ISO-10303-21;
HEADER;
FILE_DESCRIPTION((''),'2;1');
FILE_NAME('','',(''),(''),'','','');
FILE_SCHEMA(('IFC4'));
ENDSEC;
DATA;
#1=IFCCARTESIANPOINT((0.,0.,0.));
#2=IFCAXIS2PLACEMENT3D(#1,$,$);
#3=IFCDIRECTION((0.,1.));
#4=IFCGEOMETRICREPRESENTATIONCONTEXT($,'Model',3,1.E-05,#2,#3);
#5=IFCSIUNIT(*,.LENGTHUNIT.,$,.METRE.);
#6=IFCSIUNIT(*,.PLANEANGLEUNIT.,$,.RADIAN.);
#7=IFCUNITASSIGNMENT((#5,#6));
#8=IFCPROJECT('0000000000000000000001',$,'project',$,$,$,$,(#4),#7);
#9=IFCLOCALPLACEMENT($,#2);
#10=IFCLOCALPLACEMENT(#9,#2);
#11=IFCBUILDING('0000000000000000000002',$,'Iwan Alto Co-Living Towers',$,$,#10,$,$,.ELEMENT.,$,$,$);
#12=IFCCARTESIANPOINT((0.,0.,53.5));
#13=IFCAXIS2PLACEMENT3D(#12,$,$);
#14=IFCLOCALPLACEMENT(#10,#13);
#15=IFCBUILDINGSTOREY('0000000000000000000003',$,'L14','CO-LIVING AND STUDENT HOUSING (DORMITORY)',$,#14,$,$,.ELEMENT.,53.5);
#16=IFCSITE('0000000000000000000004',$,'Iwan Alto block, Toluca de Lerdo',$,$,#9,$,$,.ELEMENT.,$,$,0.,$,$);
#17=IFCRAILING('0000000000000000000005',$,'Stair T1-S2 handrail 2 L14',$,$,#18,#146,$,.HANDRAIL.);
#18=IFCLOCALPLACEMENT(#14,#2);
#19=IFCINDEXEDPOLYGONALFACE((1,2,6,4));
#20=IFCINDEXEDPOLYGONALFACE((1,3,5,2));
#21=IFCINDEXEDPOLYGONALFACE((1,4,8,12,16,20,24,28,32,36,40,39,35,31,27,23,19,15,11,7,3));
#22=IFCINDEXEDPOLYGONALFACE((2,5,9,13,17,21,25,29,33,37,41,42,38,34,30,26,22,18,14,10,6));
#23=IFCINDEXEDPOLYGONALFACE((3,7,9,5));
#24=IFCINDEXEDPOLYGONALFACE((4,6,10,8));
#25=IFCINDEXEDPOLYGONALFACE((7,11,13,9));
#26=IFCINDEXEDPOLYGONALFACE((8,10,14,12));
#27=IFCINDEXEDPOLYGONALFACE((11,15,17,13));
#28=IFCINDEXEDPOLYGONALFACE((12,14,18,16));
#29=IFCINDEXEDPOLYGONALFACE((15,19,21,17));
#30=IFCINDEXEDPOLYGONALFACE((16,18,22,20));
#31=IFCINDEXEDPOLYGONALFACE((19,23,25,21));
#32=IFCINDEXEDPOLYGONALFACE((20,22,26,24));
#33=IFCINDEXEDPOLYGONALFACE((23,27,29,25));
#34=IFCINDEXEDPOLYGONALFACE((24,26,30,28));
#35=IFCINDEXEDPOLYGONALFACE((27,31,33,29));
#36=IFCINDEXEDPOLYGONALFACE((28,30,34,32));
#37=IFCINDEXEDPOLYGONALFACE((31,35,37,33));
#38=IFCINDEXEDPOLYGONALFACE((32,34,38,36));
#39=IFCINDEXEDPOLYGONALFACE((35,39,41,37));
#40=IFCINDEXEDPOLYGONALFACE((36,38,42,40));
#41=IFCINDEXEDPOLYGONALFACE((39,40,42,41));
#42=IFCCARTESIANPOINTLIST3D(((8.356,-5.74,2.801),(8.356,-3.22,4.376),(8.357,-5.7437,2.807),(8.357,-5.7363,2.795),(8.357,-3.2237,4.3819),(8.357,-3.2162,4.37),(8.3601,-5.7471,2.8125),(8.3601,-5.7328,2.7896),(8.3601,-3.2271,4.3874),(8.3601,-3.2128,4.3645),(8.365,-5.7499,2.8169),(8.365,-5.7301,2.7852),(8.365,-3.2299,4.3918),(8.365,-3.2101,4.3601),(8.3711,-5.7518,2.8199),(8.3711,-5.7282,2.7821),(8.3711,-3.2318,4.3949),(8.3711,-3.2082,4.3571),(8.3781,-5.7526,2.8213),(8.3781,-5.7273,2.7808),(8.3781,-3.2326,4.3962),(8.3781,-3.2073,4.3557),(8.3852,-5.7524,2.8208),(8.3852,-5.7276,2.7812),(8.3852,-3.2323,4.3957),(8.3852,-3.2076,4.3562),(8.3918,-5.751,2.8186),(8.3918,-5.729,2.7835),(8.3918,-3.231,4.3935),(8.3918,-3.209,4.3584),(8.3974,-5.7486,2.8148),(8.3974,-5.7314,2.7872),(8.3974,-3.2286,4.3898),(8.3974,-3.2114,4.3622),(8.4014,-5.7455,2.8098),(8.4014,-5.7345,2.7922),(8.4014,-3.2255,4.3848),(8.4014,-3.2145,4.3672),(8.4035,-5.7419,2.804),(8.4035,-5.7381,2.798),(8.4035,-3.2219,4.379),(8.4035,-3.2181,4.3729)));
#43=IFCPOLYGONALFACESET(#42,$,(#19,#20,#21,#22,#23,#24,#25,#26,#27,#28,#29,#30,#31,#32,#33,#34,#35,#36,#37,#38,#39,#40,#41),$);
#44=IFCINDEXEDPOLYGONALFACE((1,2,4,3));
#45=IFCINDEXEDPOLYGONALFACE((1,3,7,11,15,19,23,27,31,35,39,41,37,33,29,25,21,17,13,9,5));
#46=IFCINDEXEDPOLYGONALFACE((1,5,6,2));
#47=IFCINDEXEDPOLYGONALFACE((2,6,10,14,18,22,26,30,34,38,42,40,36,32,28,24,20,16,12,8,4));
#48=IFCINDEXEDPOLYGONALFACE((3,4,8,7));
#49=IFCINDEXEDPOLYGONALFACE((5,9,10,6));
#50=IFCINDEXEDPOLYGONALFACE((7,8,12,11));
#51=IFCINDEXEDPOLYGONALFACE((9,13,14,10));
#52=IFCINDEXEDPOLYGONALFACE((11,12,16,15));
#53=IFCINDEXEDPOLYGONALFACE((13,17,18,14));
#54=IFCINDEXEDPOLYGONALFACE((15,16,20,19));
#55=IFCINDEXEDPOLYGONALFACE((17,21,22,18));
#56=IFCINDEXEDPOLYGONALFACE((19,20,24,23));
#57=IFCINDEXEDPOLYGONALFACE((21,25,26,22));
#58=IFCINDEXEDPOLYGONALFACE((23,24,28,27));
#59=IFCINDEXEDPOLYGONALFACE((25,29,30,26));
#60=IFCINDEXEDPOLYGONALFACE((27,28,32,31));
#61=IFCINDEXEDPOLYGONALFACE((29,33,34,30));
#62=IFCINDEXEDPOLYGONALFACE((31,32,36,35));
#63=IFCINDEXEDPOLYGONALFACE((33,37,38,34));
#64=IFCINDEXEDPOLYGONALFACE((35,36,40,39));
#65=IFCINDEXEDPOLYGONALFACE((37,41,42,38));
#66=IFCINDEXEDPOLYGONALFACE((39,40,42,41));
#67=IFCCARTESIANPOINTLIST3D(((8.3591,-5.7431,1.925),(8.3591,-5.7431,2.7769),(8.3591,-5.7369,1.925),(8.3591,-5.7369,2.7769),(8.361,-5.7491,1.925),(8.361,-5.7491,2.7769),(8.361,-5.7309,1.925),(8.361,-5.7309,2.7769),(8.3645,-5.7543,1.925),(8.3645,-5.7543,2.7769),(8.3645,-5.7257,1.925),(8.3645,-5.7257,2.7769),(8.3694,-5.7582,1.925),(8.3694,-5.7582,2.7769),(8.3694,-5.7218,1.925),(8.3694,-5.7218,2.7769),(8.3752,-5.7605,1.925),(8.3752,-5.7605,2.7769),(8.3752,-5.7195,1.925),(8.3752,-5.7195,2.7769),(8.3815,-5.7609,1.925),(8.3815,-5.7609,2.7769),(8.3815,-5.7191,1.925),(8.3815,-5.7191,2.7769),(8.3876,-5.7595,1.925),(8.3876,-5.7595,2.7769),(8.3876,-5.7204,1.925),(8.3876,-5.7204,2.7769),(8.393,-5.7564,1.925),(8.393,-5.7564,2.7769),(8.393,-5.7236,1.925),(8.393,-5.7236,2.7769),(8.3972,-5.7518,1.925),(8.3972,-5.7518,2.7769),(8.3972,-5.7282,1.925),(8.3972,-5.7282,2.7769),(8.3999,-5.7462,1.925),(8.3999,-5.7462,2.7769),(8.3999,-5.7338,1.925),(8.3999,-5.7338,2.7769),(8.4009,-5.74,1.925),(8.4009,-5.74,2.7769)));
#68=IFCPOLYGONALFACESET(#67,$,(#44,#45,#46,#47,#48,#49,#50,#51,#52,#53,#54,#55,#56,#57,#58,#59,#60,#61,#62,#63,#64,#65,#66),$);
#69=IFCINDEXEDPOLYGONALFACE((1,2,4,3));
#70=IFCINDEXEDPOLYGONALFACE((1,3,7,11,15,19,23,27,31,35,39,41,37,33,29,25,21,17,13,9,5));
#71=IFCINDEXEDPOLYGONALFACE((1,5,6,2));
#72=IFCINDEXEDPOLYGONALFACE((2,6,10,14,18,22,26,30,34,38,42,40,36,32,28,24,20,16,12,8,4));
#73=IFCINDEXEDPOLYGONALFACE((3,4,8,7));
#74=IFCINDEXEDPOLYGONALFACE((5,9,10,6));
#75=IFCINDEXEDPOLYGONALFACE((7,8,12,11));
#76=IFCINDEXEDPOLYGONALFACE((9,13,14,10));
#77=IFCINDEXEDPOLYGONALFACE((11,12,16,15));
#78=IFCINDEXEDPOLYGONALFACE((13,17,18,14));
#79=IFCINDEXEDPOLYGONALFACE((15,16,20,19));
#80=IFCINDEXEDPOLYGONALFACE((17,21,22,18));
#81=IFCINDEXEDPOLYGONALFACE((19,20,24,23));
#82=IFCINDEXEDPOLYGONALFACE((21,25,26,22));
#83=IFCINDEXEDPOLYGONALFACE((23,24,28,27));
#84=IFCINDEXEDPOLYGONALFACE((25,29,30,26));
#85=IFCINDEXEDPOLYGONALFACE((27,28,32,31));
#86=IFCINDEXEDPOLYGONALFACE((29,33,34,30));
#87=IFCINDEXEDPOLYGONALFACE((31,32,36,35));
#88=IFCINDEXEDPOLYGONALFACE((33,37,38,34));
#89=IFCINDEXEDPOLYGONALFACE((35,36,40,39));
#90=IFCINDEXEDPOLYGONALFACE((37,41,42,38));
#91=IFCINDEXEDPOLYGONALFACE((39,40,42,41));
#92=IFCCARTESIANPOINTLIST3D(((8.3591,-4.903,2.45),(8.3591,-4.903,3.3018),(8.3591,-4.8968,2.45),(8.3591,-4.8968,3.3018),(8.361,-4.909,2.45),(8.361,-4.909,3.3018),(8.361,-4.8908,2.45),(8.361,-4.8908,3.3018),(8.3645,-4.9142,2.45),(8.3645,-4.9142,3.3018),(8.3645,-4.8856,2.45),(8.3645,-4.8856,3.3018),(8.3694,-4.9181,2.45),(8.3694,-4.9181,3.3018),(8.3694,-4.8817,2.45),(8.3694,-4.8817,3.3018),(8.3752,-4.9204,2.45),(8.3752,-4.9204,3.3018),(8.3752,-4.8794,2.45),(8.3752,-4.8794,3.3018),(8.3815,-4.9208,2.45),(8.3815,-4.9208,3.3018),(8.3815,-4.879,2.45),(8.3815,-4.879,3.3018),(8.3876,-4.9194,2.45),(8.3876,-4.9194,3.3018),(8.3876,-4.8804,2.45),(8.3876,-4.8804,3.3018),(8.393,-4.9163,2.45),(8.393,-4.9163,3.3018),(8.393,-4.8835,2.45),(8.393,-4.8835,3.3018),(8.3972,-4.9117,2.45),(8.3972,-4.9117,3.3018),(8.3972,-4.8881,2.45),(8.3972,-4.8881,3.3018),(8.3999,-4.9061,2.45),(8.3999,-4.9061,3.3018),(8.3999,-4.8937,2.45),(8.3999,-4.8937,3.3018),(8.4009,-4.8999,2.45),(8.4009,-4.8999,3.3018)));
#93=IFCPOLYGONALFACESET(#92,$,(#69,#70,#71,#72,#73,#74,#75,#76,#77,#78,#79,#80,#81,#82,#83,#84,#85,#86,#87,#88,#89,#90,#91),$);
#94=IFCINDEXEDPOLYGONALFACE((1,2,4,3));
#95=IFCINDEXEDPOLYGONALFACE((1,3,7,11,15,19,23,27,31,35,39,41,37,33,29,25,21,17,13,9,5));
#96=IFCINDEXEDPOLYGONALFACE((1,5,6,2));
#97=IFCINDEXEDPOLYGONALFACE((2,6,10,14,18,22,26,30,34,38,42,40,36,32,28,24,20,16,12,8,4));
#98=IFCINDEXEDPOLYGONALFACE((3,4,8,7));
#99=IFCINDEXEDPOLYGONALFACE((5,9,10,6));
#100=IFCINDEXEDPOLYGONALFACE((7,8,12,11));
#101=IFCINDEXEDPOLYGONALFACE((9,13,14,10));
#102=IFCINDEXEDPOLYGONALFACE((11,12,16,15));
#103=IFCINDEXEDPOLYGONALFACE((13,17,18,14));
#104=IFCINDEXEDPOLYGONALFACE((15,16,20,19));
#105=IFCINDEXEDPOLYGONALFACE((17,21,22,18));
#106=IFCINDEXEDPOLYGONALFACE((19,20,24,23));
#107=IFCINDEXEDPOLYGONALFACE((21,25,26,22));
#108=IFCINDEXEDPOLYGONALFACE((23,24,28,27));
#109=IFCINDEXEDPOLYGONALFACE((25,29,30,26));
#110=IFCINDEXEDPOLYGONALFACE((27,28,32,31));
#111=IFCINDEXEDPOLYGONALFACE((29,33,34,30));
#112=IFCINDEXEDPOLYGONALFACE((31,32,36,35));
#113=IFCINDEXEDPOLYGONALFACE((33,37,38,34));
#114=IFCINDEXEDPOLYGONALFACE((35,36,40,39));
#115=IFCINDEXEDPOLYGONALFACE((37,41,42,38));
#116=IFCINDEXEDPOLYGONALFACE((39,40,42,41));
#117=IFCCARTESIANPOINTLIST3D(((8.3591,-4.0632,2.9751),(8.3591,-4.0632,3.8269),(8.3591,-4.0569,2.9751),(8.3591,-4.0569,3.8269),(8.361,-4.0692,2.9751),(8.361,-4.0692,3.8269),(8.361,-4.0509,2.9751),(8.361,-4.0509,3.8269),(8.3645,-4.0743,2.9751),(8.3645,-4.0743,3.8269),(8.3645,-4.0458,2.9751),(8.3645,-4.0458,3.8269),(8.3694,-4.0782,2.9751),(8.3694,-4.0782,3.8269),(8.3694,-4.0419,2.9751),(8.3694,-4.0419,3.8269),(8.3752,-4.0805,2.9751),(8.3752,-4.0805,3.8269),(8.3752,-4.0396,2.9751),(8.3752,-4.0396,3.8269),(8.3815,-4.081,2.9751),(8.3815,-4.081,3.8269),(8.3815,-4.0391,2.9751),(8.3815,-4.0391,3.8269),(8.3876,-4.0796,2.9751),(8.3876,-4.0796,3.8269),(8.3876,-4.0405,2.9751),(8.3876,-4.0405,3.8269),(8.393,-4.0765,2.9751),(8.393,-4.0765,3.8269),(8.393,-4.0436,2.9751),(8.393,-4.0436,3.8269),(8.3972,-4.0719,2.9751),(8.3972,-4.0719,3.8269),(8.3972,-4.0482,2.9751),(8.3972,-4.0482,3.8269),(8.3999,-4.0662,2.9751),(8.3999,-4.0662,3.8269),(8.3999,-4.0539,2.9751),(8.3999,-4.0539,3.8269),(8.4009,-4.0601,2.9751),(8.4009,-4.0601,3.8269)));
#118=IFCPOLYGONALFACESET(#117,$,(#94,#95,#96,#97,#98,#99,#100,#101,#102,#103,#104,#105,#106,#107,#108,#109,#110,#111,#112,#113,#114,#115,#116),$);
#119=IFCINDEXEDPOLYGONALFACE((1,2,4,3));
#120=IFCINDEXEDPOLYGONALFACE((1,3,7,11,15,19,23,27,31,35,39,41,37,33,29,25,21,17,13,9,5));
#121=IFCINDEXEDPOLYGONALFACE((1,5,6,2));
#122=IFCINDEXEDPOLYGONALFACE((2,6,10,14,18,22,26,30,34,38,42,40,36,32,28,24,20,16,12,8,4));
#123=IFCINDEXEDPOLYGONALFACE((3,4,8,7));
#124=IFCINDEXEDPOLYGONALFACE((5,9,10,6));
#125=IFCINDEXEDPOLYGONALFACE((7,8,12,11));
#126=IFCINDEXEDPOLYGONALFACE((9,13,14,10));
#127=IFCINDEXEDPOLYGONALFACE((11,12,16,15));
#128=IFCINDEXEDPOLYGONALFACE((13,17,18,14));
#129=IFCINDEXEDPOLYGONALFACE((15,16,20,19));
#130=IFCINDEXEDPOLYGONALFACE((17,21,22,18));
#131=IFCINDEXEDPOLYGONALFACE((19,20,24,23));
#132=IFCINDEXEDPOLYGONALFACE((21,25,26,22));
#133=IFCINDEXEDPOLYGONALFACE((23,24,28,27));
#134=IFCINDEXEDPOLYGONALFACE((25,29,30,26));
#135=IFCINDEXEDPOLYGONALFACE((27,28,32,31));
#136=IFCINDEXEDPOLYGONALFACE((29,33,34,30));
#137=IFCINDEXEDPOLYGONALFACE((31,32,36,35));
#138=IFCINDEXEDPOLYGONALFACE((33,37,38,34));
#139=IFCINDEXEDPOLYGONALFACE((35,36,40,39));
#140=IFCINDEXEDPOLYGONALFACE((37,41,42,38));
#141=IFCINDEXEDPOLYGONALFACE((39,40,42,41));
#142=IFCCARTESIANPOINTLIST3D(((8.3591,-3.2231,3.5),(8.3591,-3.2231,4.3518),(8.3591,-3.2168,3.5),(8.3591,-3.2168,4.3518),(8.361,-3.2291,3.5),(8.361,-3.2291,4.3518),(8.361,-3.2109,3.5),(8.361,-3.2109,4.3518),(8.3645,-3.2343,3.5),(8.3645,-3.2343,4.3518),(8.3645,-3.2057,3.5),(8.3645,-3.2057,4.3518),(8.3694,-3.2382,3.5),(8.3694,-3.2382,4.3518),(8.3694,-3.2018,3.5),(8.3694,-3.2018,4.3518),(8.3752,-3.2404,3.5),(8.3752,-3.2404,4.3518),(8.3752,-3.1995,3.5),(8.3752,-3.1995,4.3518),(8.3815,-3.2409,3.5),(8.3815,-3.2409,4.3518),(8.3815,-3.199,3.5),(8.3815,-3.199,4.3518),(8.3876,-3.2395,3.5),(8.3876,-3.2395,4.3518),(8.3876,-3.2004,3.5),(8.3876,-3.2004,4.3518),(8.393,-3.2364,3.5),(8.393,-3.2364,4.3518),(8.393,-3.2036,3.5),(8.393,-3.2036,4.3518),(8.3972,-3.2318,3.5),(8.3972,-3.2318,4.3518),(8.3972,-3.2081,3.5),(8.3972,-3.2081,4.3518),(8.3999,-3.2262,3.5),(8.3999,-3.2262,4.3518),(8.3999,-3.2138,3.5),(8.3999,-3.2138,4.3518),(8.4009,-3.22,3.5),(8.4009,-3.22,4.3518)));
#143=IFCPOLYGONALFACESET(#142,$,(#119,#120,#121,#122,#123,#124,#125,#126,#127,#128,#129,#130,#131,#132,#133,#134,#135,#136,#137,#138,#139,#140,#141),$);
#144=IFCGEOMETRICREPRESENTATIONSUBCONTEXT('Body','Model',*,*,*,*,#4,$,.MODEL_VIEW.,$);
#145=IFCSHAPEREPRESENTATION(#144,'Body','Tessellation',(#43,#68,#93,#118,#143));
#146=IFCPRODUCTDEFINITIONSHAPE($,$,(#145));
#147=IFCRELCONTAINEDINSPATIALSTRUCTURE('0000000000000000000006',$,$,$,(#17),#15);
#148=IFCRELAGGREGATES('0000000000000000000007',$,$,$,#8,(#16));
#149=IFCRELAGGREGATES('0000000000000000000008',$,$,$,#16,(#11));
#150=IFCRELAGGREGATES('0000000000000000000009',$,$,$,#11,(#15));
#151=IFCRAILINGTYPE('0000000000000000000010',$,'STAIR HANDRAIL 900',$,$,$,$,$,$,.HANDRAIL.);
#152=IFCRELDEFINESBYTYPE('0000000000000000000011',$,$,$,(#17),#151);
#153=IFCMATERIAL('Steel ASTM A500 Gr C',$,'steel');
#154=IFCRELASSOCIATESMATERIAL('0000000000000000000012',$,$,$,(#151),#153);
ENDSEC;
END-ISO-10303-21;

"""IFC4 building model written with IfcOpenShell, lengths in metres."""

from ifc_helpers import new_model, si_unit, direction, frame, origin, origin_2d, place, context, subcontext, project, spatial, circle, extrude, material, type_object, element, save


model = new_model("IFC4")

# Units and contexts
model_context = context("Model", 3, precision=1e-05, world=origin(), true_north=direction((0.0, 1.0)))
body_context = subcontext(model_context, "Body", "Model", "MODEL_VIEW")
ifc_project = project(units=[si_unit("LENGTHUNIT", "METRE"), si_unit("PLANEANGLEUNIT", "RADIAN")], contexts=[model_context])

# Site, building, storey
site_placement = place(None, origin())
site = spatial("IfcSite", under=ifc_project, at=site_placement, Name="Iwan Alto block, Toluca de Lerdo", CompositionType="ELEMENT", RefElevation=0.0)
building_placement = place(site_placement, origin())
building = spatial("IfcBuilding", under=site, at=building_placement, Name="Iwan Alto Co-Living Towers", CompositionType="ELEMENT")
storey_placement = place(building_placement, frame((0.0, 0.0, 53.5)))
storey = spatial("IfcBuildingStorey", under=building, at=storey_placement, Name="L14", Description="CO-LIVING AND STUDENT HOUSING (DORMITORY)", CompositionType="ELEMENT", Elevation=53.5)

# Railing
ifc_material_1 = material(Name="Steel ASTM A500 Gr C", Category="steel")
railing_type_1 = type_object("IfcRailingType", Name="STAIR HANDRAIL 900", PredefinedType="HANDRAIL", material=ifc_material_1)
railing_1_placement = place(storey_placement, frame((8.3799, -5.74, 1.925)))
element("IfcRailing", 1, at=railing_1_placement, inside=storey, type_object=railing_type_1, Name="Stair T1-S2 handrail 2 L14", PredefinedType="HANDRAIL", context=body_context, shape_type="SweptSolid", body=[
    extrude(circle(Radius=0.0239, at=origin_2d()), frame((0.0, 0.0, 0.876), z_axis=(0.0, 0.848008, 0.529984), x_axis=(-1.0, 0.0, 0.0)), (0.0, 0.0, 1.0), 2.9717),
    extrude(circle(Radius=0.021, at=origin_2d()), origin(), (0.0, 0.0, 1.0), 0.8518),
    extrude(circle(Radius=0.021, at=origin_2d()), frame((0.0, 0.8401, 0.5249)), (0.0, 0.0, 1.0), 0.8518),
    extrude(circle(Radius=0.021, at=origin_2d()), frame((0.0, 1.6799, 1.05)), (0.0, 0.0, 1.0), 0.8518),
    extrude(circle(Radius=0.021, at=origin_2d()), frame((0.0, 2.52, 1.575)), (0.0, 0.0, 1.0), 0.8518),
])

save(model, "model.ifc")
